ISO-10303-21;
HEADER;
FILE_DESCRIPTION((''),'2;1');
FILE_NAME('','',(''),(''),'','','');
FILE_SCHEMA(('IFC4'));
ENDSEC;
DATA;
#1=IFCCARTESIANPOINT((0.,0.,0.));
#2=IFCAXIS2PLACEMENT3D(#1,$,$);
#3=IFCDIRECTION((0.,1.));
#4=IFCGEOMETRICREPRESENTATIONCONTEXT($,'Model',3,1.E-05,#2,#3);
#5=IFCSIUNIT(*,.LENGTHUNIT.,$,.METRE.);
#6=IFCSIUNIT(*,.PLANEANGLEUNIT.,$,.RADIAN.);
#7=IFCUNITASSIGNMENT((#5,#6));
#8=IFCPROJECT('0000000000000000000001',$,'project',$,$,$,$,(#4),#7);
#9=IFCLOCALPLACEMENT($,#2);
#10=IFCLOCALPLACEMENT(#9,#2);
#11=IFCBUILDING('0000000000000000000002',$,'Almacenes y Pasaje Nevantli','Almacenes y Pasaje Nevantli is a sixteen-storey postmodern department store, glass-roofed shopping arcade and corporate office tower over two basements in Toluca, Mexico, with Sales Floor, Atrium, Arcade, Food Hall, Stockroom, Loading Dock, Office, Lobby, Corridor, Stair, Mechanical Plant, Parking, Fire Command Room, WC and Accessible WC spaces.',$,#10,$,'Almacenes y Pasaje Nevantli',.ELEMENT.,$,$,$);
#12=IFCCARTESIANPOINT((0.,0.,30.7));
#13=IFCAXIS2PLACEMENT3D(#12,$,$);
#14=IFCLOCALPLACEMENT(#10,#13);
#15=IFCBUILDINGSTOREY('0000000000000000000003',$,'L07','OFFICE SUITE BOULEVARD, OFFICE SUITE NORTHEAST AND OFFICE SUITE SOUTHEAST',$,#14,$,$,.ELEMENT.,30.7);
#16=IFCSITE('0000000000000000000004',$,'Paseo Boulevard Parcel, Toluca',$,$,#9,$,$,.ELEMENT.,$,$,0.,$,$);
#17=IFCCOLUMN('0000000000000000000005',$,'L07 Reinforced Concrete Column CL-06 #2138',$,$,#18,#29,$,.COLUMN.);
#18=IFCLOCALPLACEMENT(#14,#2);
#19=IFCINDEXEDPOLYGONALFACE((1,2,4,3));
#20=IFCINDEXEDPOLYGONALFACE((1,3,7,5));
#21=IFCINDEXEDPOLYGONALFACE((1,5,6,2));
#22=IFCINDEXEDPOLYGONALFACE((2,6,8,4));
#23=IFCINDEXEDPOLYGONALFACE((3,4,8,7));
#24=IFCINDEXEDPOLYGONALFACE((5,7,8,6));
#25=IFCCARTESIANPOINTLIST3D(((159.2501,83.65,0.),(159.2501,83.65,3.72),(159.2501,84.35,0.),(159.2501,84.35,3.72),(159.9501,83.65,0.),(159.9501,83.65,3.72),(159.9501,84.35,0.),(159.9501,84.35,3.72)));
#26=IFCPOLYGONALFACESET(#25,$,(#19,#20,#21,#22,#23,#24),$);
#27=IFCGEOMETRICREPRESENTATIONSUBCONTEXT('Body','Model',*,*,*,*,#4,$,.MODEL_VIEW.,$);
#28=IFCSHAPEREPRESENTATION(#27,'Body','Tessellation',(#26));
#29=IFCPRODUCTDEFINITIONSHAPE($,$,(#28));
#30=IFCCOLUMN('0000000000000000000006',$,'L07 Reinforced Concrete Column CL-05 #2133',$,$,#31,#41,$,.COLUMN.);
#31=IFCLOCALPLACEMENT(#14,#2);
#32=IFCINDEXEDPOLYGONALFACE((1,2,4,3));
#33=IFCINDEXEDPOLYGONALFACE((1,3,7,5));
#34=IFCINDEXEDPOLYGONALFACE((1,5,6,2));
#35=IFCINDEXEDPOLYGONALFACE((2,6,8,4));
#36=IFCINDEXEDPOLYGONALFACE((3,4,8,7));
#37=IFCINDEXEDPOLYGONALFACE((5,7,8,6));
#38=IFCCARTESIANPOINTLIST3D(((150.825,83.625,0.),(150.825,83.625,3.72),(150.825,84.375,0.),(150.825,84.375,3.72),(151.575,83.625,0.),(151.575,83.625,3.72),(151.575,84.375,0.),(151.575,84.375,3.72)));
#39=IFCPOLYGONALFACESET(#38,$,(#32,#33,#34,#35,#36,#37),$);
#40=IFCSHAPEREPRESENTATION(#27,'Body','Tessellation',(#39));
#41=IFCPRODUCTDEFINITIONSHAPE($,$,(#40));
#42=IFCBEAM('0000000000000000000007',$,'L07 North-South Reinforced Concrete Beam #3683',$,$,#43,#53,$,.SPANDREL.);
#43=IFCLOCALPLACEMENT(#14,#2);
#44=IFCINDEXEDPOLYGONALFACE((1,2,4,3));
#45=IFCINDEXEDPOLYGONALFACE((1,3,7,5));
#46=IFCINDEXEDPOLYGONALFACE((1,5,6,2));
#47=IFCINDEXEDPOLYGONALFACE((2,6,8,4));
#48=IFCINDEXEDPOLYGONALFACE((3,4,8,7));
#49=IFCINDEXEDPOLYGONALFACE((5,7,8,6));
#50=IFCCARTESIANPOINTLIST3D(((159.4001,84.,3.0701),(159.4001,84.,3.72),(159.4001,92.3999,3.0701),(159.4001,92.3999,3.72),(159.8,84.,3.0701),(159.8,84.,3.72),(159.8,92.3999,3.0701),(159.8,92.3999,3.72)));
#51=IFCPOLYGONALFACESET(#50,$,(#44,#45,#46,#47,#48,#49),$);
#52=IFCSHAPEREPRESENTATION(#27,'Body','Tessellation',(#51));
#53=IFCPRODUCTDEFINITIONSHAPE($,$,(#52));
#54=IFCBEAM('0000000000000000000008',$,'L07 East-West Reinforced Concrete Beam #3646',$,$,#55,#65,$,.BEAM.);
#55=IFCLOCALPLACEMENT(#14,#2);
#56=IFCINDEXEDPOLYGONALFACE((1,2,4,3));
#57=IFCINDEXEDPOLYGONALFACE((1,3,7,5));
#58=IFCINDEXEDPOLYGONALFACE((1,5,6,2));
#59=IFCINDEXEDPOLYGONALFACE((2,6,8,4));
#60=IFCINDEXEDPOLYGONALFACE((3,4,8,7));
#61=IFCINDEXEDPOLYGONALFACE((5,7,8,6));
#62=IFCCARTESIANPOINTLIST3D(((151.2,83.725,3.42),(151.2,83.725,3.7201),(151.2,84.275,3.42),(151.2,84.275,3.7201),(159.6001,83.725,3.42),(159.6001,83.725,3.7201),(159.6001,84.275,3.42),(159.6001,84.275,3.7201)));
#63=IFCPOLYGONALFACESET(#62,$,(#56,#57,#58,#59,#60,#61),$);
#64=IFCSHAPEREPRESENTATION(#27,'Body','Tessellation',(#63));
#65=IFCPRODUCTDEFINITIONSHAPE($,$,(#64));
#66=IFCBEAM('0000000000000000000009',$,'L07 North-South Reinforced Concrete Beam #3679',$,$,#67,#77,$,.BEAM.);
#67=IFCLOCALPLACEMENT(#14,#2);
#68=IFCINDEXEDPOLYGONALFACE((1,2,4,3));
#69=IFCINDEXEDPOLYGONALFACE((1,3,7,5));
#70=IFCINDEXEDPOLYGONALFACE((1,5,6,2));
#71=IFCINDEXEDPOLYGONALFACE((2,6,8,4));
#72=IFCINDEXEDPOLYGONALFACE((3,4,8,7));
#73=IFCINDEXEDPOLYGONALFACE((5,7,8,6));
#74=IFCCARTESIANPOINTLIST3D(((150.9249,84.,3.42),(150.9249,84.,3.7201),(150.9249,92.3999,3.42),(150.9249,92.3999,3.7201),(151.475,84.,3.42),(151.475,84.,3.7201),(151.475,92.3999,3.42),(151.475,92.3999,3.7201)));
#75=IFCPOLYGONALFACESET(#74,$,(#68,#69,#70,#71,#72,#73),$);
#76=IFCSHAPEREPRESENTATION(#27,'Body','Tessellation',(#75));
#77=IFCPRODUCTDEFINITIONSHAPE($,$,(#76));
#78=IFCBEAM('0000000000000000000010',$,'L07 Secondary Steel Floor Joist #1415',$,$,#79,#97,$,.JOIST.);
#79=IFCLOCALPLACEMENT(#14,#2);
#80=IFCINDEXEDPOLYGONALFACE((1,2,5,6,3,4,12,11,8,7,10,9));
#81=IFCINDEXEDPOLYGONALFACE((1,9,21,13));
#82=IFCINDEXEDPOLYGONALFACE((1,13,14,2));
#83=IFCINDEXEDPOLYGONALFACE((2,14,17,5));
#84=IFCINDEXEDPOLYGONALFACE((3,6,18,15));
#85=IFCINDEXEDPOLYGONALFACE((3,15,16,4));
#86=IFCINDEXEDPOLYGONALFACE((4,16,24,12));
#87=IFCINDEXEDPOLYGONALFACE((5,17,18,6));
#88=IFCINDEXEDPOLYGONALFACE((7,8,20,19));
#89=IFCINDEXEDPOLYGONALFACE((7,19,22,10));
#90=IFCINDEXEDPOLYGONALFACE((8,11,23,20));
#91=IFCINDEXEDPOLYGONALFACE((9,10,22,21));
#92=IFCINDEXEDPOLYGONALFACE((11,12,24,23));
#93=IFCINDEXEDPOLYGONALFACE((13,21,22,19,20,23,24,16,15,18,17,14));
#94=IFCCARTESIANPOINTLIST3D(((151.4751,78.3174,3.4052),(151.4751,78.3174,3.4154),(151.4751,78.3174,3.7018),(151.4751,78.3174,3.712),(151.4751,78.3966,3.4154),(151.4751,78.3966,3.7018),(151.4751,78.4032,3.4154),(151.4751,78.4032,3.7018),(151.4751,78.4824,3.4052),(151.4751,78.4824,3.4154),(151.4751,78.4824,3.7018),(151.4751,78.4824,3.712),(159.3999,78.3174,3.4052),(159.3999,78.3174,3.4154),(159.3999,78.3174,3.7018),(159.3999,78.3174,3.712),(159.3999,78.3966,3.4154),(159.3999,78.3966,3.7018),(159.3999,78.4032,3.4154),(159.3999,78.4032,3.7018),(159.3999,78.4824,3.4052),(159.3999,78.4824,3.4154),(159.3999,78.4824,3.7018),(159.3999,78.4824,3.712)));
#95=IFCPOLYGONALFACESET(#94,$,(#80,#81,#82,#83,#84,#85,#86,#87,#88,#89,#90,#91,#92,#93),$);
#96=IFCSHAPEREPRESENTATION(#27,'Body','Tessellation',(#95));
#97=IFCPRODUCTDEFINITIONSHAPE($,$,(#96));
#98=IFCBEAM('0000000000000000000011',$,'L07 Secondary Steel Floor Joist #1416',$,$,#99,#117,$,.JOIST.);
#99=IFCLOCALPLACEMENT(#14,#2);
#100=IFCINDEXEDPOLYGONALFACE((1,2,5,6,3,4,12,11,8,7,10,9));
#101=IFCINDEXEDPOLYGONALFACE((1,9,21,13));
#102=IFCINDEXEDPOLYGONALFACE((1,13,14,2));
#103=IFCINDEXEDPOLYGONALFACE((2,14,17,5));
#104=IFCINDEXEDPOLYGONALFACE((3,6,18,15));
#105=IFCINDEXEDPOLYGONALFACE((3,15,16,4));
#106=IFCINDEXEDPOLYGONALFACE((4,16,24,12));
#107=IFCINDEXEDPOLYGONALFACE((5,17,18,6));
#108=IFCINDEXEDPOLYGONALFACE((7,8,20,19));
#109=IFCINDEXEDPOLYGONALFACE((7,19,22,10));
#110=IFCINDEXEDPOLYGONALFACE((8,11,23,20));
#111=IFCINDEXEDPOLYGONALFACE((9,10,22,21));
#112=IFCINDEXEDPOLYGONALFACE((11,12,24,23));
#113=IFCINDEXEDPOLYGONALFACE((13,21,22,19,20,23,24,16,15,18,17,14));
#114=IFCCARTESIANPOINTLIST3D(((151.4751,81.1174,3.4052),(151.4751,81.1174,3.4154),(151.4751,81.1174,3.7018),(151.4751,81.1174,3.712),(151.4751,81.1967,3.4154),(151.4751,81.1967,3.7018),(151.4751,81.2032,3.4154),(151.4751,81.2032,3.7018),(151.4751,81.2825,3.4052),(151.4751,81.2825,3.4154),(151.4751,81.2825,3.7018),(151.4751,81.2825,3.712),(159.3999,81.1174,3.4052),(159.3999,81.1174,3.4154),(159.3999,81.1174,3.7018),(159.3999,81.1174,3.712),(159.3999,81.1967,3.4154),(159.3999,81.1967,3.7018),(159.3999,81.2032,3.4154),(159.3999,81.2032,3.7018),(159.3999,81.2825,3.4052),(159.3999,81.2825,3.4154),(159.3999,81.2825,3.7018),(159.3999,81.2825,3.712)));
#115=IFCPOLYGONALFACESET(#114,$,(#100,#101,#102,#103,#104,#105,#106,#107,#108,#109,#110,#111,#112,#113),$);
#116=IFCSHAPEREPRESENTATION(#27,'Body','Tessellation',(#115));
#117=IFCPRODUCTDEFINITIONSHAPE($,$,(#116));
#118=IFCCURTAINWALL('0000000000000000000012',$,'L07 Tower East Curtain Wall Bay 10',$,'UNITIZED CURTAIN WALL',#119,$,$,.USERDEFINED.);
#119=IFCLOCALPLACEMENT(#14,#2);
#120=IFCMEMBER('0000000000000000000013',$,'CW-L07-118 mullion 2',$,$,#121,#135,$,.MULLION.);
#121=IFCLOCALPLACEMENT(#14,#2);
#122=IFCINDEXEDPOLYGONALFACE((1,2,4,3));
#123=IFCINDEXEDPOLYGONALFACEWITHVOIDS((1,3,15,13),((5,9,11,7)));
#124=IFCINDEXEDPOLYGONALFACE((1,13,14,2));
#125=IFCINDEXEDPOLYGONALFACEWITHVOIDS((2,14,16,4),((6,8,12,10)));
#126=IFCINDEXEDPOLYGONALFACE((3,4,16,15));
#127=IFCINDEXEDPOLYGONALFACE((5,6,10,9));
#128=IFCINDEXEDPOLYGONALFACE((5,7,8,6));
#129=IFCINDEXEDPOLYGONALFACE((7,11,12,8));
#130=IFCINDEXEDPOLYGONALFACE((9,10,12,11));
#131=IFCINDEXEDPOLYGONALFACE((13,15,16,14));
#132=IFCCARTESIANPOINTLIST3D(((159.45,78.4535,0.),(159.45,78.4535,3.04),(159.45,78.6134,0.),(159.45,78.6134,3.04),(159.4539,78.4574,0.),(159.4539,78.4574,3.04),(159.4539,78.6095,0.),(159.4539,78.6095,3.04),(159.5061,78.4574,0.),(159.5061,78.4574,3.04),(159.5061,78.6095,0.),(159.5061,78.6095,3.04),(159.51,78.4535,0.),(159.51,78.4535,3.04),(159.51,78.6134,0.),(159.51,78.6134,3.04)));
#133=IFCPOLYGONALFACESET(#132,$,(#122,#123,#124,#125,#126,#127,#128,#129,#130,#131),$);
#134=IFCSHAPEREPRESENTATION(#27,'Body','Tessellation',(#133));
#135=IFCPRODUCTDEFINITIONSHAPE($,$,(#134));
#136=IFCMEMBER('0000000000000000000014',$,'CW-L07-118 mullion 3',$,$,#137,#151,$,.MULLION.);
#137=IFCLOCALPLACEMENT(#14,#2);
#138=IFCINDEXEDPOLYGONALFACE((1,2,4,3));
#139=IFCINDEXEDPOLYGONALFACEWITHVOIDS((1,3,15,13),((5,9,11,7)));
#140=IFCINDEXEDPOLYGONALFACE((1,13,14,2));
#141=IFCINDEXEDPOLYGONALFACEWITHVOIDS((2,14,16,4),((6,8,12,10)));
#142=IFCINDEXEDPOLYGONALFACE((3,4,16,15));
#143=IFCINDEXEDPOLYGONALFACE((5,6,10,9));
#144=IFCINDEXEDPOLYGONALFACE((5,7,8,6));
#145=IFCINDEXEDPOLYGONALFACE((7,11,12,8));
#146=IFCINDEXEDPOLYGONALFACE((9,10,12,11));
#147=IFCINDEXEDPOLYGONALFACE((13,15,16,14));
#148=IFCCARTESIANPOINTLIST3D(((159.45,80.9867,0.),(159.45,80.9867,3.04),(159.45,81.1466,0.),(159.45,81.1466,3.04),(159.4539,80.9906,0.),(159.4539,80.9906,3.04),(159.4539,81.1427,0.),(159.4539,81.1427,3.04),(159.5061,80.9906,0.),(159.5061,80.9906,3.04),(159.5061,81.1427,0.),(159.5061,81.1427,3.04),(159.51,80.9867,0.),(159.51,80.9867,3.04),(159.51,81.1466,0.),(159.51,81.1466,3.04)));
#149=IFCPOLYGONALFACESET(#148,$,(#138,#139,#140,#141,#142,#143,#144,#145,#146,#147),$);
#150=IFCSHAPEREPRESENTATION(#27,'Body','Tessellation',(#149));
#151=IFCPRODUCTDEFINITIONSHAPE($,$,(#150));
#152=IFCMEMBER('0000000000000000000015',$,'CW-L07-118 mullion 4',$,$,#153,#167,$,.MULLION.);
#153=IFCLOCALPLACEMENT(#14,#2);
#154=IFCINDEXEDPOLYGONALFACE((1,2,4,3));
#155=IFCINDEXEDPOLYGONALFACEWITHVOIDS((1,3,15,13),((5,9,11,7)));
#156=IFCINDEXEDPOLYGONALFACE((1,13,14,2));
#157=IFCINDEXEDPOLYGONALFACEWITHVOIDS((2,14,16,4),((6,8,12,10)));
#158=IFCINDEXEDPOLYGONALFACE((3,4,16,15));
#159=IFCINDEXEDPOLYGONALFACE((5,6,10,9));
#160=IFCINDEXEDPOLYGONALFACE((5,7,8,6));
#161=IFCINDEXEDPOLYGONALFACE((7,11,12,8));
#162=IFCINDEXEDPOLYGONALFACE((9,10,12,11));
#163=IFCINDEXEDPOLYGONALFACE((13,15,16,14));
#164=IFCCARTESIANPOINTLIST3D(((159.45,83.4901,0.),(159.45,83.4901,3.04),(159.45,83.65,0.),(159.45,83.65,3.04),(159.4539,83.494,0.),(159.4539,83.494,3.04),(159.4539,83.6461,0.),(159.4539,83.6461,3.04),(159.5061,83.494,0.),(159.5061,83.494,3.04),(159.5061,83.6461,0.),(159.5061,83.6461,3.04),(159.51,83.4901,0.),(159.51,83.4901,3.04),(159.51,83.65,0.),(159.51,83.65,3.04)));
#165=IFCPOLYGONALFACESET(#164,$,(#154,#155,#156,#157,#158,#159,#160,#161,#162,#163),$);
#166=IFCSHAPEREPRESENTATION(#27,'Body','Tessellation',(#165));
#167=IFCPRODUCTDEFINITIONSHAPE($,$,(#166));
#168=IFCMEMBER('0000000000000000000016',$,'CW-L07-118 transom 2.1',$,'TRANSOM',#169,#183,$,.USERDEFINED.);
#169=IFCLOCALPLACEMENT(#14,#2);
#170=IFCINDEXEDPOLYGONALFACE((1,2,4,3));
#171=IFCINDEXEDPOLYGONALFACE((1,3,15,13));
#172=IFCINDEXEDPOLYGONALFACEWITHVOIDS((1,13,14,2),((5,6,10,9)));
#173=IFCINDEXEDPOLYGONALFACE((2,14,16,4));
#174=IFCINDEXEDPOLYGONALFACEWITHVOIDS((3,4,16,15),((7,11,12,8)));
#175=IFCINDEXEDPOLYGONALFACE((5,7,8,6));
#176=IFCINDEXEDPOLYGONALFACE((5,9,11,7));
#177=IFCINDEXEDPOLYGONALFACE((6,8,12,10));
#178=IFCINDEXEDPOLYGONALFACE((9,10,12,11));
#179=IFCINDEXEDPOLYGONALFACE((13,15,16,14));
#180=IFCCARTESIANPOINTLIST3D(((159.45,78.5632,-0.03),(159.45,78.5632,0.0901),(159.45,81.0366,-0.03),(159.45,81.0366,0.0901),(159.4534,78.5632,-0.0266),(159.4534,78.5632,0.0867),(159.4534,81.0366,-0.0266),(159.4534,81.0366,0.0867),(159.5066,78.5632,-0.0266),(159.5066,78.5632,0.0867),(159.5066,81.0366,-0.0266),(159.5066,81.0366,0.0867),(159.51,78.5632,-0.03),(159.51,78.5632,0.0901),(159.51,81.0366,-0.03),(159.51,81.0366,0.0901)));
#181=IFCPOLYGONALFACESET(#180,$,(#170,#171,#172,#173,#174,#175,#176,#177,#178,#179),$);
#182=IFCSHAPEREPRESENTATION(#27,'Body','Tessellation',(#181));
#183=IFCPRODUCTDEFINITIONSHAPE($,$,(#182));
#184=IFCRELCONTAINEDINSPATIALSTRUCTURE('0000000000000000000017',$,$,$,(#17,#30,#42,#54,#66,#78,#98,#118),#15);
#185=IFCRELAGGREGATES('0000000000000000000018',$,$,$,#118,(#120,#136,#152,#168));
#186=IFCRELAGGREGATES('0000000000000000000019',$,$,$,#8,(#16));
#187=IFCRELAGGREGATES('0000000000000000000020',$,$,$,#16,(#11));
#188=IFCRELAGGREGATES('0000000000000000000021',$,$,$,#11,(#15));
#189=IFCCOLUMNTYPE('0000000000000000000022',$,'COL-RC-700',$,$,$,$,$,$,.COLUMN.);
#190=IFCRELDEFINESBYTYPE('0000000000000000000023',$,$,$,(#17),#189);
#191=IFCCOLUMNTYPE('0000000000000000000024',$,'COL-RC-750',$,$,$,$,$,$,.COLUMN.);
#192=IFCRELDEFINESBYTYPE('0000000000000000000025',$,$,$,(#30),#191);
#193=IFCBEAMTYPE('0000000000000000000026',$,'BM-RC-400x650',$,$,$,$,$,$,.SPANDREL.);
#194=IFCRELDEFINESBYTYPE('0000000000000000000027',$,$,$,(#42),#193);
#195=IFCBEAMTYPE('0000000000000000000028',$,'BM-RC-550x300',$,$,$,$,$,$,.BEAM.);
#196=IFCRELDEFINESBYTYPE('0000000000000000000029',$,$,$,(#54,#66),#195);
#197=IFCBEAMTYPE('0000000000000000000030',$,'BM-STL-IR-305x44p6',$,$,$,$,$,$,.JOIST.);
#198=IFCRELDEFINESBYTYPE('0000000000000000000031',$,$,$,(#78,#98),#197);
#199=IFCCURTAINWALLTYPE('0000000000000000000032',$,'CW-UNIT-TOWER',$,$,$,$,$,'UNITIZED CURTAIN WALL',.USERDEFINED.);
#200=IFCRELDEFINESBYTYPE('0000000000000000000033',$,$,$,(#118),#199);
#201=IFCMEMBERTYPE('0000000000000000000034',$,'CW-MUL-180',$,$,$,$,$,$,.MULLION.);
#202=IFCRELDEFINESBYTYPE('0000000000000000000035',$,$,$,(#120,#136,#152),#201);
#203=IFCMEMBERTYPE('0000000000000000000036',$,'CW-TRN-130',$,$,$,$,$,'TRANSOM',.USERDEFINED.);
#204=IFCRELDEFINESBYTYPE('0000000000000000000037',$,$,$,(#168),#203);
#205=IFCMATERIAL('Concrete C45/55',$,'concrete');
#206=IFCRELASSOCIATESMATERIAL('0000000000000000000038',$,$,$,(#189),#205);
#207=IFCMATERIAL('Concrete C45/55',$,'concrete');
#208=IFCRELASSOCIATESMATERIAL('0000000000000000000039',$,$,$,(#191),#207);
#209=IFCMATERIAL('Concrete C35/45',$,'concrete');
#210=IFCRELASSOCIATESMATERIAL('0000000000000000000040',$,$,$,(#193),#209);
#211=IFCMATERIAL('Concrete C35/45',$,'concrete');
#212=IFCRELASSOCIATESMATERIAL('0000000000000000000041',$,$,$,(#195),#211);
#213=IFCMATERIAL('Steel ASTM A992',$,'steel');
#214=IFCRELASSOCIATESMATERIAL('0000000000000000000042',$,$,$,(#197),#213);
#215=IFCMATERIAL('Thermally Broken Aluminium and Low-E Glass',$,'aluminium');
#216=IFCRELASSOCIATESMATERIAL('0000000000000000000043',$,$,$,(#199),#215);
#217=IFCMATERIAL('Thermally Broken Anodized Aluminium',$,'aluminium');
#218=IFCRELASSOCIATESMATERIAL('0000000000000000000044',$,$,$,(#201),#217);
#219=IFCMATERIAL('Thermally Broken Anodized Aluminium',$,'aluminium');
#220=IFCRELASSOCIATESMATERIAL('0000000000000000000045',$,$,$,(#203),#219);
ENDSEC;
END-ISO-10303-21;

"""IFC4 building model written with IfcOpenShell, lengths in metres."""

from ifc_helpers import new_model, si_unit, direction, frame, origin, origin_2d, place, context, subcontext, project, spatial, rectangle, hollow_rectangle, i_section, extrude, material, material_profile, profile_set, type_object, element, aggregate, save


model = new_model("IFC4")

# Units and contexts
model_context = context("Model", 3, precision=1e-05, world=origin(), true_north=direction((0.0, 1.0)))
body_context = subcontext(model_context, "Body", "Model", "MODEL_VIEW")
ifc_project = project(units=[si_unit("LENGTHUNIT", "METRE"), si_unit("PLANEANGLEUNIT", "RADIAN")], contexts=[model_context])

# Site, building, storey
site_placement = place(None, origin())
site = spatial("IfcSite", under=ifc_project, at=site_placement, Name="Paseo Boulevard Parcel, Toluca", CompositionType="ELEMENT", RefElevation=0.0)
building_placement = place(site_placement, origin())
building = spatial("IfcBuilding", under=site, at=building_placement, Name="Almacenes y Pasaje Nevantli", Description="Almacenes y Pasaje Nevantli is a sixteen-storey postmodern department store, glass-roofed shopping arcade and corporate office tower over two basements in Toluca, Mexico, with Sales Floor, Atrium, Arcade, Food Hall, Stockroom, Loading Dock, Office, Lobby, Corridor, Stair, Mechanical Plant, Parking, Fire Command Room, WC and Accessible WC spaces.", LongName="Almacenes y Pasaje Nevantli", CompositionType="ELEMENT")
storey_placement = place(building_placement, frame((0.0, 0.0, 30.7)))
storey = spatial("IfcBuildingStorey", under=building, at=storey_placement, Name="L07", Description="OFFICE SUITE BOULEVARD, OFFICE SUITE NORTHEAST AND OFFICE SUITE SOUTHEAST", CompositionType="ELEMENT", Elevation=30.7)

# Columns
ifc_material_1 = material(Name="Concrete C45/55", Category="concrete")
ifc_material_profile_1 = material_profile(ifc_material_1, rectangle(XDim=0.7, YDim=0.7, at=origin_2d()), Name="RC-COL-700x700")
ifc_profile_set_1 = profile_set([ifc_material_profile_1], Name="Concrete C45/55")
column_type_1 = type_object("IfcColumnType", Name="COL-RC-700", PredefinedType="COLUMN", material=ifc_profile_set_1)
column_1_placement = place(storey_placement, frame((159.6001, 84.0, 0.0), z_axis=(0.0, 0.0, 1.0), x_axis=(1.0, 0.0, 0.0)))
element("IfcColumn", 1, at=column_1_placement, inside=storey, type_object=column_type_1, Name="L07 Reinforced Concrete Column CL-06 #2138", PredefinedType="COLUMN", context=body_context, shape_type="SweptSolid", body=[
    extrude(rectangle(XDim=0.7, YDim=0.7, at=origin_2d()), origin(), (0.0, 0.0, 1.0), 3.72),
])
ifc_material_2 = material(Name="Concrete C45/55", Category="concrete")
ifc_material_profile_2 = material_profile(ifc_material_2, rectangle(XDim=0.75, YDim=0.75, at=origin_2d()), Name="RC-COL-750x750")
ifc_profile_set_2 = profile_set([ifc_material_profile_2], Name="Concrete C45/55")
column_type_2 = type_object("IfcColumnType", Name="COL-RC-750", PredefinedType="COLUMN", material=ifc_profile_set_2)
column_2_placement = place(storey_placement, frame((151.2, 84.0, 0.0), z_axis=(0.0, 0.0, 1.0), x_axis=(1.0, 0.0, 0.0)))
element("IfcColumn", 2, at=column_2_placement, inside=storey, type_object=column_type_2, Name="L07 Reinforced Concrete Column CL-05 #2133", PredefinedType="COLUMN", context=body_context, shape_type="SweptSolid", body=[
    extrude(rectangle(XDim=0.75, YDim=0.75, at=origin_2d()), origin(), (0.0, 0.0, 1.0), 3.72),
])

# Beams
ifc_material_3 = material(Name="Concrete C35/45", Category="concrete")
ifc_material_profile_3 = material_profile(ifc_material_3, rectangle(XDim=0.3999, YDim=0.6499, at=origin_2d()), Name="RC-BM-400x650")
ifc_profile_set_3 = profile_set([ifc_material_profile_3], Name="Concrete C35/45")
beam_type_1 = type_object("IfcBeamType", Name="BM-RC-400x650", PredefinedType="SPANDREL", material=ifc_profile_set_3)
beam_1_placement = place(storey_placement, frame((159.6001, 84.0, 3.395), z_axis=(0.0, 1.0, 0.0), x_axis=(-1.0, 0.0, 0.0)))
element("IfcBeam", 3, at=beam_1_placement, inside=storey, type_object=beam_type_1, Name="L07 North-South Reinforced Concrete Beam #3683", PredefinedType="SPANDREL", context=body_context, shape_type="SweptSolid", body=[
    extrude(rectangle(XDim=0.3999, YDim=0.6499, at=origin_2d()), origin(), (0.0, 0.0, 1.0), 8.3999),
])
ifc_material_4 = material(Name="Concrete C35/45", Category="concrete")
ifc_material_profile_4 = material_profile(ifc_material_4, rectangle(XDim=0.55, YDim=0.3, at=origin_2d()), Name="RC-BM-550x300")
ifc_profile_set_4 = profile_set([ifc_material_profile_4], Name="Concrete C35/45")
beam_type_2 = type_object("IfcBeamType", Name="BM-RC-550x300", PredefinedType="BEAM", material=ifc_profile_set_4)
beam_2_placement = place(storey_placement, frame((151.2, 84.0, 3.5701), z_axis=(1.0, 0.0, 0.0), x_axis=(0.0, 1.0, 0.0)))
element("IfcBeam", 4, at=beam_2_placement, inside=storey, type_object=beam_type_2, Name="L07 East-West Reinforced Concrete Beam #3646", PredefinedType="BEAM", context=body_context, shape_type="SweptSolid", body=[
    extrude(rectangle(XDim=0.55, YDim=0.3, at=origin_2d()), origin(), (0.0, 0.0, 1.0), 8.4001),
])
beam_3_placement = place(storey_placement, frame((151.2, 84.0, 3.5701), z_axis=(0.0, 1.0, 0.0), x_axis=(-1.0, 0.0, 0.0)))
element("IfcBeam", 5, at=beam_3_placement, inside=storey, type_object=beam_type_2, Name="L07 North-South Reinforced Concrete Beam #3679", PredefinedType="BEAM", context=body_context, shape_type="SweptSolid", body=[
    extrude(rectangle(XDim=0.55, YDim=0.3, at=origin_2d()), origin(), (0.0, 0.0, 1.0), 8.3999),
])
ifc_material_5 = material(Name="Steel ASTM A992", Category="steel")
ifc_material_profile_5 = material_profile(ifc_material_5, i_section(OverallWidth=0.165, OverallDepth=0.3069, WebThickness=0.0066, FlangeThickness=0.0103, at=origin_2d()), Name="IR 305x44.6")
ifc_profile_set_5 = profile_set([ifc_material_profile_5], Name="Steel ASTM A992")
beam_type_3 = type_object("IfcBeamType", Name="BM-STL-IR-305x44p6", PredefinedType="JOIST", material=ifc_profile_set_5)
for number, where, z_axis, x_axis, name in (
    (6, (151.4751, 78.3999, 3.5586), (1.0, 0.0, 0.0), (0.0, 1.0, 0.0), "L07 Secondary Steel Floor Joist #1415"),
    (7, (151.4751, 81.2, 3.5586), (1.0, 0.0, 0.0), (0.0, 1.0, 0.0), "L07 Secondary Steel Floor Joist #1416"),
):
    element("IfcBeam", number, at=place(storey_placement, frame(where, z_axis=z_axis, x_axis=x_axis)), inside=storey, type_object=beam_type_3, Name=name, PredefinedType="JOIST", context=body_context, shape_type="SweptSolid", body=[
        extrude(i_section(OverallWidth=0.165, OverallDepth=0.3069, WebThickness=0.0066, FlangeThickness=0.0103, at=origin_2d()), origin(), (0.0, 0.0, 1.0), 7.9248),
    ])

# Curtain wall, members
ifc_material_6 = material(Name="Thermally Broken Aluminium and Low-E Glass", Category="aluminium")
curtain_wall_type = type_object("IfcCurtainWallType", Name="CW-UNIT-TOWER", ElementType="UNITIZED CURTAIN WALL", PredefinedType="USERDEFINED", material=ifc_material_6)
curtain_wall_placement = place(storey_placement, origin())
curtain_wall = element("IfcCurtainWall", 8, at=curtain_wall_placement, inside=storey, type_object=curtain_wall_type, Name="L07 Tower East Curtain Wall Bay 10", ObjectType="UNITIZED CURTAIN WALL", PredefinedType="USERDEFINED")
ifc_material_7 = material(Name="Thermally Broken Anodized Aluminium", Category="aluminium")
ifc_material_profile_6 = material_profile(ifc_material_7, hollow_rectangle(XDim=0.0601, YDim=0.1599, WallThickness=0.0039, at=origin_2d()), Name="ALU-MUL-60x160")
ifc_profile_set_6 = profile_set([ifc_material_profile_6], Name="Thermally Broken Anodized Aluminium")
member_type_1 = type_object("IfcMemberType", Name="CW-MUL-180", PredefinedType="MULLION", material=ifc_profile_set_6)
member_1_placement = place(storey_placement, frame((159.48, 78.5334, 0.0), z_axis=(0.0, 0.0, 1.0), x_axis=(-1.0, 0.0, 0.0)))
member_1 = element("IfcMember", 9, at=member_1_placement, type_object=member_type_1, Name="CW-L07-118 mullion 2", PredefinedType="MULLION", context=body_context, shape_type="SweptSolid", body=[
    extrude(hollow_rectangle(XDim=0.0601, YDim=0.1599, WallThickness=0.0039, at=origin_2d()), origin(), (0.0, 0.0, 1.0), 3.04),
])
member_2_placement = place(storey_placement, frame((159.48, 81.0667, 0.0), z_axis=(0.0, 0.0, 1.0), x_axis=(-1.0, 0.0, 0.0)))
member_2 = element("IfcMember", 10, at=member_2_placement, type_object=member_type_1, Name="CW-L07-118 mullion 3", PredefinedType="MULLION", context=body_context, shape_type="SweptSolid", body=[
    extrude(hollow_rectangle(XDim=0.0601, YDim=0.1599, WallThickness=0.0039, at=origin_2d()), origin(), (0.0, 0.0, 1.0), 3.04),
])
member_3_placement = place(storey_placement, frame((159.48, 83.5701, 0.0), z_axis=(0.0, 0.0, 1.0), x_axis=(-1.0, 0.0, 0.0)))
member_3 = element("IfcMember", 11, at=member_3_placement, type_object=member_type_1, Name="CW-L07-118 mullion 4", PredefinedType="MULLION", context=body_context, shape_type="SweptSolid", body=[
    extrude(hollow_rectangle(XDim=0.0601, YDim=0.1599, WallThickness=0.0039, at=origin_2d()), origin(), (0.0, 0.0, 1.0), 3.04),
])
ifc_material_8 = material(Name="Thermally Broken Anodized Aluminium", Category="aluminium")
ifc_material_profile_7 = material_profile(ifc_material_8, hollow_rectangle(XDim=0.0601, YDim=0.1201, WallThickness=0.0034, at=origin_2d()), Name="ALU-TRN-60x120")
ifc_profile_set_7 = profile_set([ifc_material_profile_7], Name="Thermally Broken Anodized Aluminium")
member_type_2 = type_object("IfcMemberType", Name="CW-TRN-130", ElementType="TRANSOM", PredefinedType="USERDEFINED", material=ifc_profile_set_7)
member_4_placement = place(storey_placement, frame((159.48, 78.5632, 0.03), z_axis=(0.0, 1.0, 0.0), x_axis=(-1.0, 0.0, 0.0)))
member_4 = element("IfcMember", 12, at=member_4_placement, type_object=member_type_2, Name="CW-L07-118 transom 2.1", ObjectType="TRANSOM", PredefinedType="USERDEFINED", context=body_context, shape_type="SweptSolid", body=[
    extrude(hollow_rectangle(XDim=0.0601, YDim=0.1201, WallThickness=0.0034, at=origin_2d()), origin(), (0.0, 0.0, 1.0), 2.4734),
])
aggregate(curtain_wall, [member_1, member_2, member_3, member_4])

save(model, "model.ifc")
